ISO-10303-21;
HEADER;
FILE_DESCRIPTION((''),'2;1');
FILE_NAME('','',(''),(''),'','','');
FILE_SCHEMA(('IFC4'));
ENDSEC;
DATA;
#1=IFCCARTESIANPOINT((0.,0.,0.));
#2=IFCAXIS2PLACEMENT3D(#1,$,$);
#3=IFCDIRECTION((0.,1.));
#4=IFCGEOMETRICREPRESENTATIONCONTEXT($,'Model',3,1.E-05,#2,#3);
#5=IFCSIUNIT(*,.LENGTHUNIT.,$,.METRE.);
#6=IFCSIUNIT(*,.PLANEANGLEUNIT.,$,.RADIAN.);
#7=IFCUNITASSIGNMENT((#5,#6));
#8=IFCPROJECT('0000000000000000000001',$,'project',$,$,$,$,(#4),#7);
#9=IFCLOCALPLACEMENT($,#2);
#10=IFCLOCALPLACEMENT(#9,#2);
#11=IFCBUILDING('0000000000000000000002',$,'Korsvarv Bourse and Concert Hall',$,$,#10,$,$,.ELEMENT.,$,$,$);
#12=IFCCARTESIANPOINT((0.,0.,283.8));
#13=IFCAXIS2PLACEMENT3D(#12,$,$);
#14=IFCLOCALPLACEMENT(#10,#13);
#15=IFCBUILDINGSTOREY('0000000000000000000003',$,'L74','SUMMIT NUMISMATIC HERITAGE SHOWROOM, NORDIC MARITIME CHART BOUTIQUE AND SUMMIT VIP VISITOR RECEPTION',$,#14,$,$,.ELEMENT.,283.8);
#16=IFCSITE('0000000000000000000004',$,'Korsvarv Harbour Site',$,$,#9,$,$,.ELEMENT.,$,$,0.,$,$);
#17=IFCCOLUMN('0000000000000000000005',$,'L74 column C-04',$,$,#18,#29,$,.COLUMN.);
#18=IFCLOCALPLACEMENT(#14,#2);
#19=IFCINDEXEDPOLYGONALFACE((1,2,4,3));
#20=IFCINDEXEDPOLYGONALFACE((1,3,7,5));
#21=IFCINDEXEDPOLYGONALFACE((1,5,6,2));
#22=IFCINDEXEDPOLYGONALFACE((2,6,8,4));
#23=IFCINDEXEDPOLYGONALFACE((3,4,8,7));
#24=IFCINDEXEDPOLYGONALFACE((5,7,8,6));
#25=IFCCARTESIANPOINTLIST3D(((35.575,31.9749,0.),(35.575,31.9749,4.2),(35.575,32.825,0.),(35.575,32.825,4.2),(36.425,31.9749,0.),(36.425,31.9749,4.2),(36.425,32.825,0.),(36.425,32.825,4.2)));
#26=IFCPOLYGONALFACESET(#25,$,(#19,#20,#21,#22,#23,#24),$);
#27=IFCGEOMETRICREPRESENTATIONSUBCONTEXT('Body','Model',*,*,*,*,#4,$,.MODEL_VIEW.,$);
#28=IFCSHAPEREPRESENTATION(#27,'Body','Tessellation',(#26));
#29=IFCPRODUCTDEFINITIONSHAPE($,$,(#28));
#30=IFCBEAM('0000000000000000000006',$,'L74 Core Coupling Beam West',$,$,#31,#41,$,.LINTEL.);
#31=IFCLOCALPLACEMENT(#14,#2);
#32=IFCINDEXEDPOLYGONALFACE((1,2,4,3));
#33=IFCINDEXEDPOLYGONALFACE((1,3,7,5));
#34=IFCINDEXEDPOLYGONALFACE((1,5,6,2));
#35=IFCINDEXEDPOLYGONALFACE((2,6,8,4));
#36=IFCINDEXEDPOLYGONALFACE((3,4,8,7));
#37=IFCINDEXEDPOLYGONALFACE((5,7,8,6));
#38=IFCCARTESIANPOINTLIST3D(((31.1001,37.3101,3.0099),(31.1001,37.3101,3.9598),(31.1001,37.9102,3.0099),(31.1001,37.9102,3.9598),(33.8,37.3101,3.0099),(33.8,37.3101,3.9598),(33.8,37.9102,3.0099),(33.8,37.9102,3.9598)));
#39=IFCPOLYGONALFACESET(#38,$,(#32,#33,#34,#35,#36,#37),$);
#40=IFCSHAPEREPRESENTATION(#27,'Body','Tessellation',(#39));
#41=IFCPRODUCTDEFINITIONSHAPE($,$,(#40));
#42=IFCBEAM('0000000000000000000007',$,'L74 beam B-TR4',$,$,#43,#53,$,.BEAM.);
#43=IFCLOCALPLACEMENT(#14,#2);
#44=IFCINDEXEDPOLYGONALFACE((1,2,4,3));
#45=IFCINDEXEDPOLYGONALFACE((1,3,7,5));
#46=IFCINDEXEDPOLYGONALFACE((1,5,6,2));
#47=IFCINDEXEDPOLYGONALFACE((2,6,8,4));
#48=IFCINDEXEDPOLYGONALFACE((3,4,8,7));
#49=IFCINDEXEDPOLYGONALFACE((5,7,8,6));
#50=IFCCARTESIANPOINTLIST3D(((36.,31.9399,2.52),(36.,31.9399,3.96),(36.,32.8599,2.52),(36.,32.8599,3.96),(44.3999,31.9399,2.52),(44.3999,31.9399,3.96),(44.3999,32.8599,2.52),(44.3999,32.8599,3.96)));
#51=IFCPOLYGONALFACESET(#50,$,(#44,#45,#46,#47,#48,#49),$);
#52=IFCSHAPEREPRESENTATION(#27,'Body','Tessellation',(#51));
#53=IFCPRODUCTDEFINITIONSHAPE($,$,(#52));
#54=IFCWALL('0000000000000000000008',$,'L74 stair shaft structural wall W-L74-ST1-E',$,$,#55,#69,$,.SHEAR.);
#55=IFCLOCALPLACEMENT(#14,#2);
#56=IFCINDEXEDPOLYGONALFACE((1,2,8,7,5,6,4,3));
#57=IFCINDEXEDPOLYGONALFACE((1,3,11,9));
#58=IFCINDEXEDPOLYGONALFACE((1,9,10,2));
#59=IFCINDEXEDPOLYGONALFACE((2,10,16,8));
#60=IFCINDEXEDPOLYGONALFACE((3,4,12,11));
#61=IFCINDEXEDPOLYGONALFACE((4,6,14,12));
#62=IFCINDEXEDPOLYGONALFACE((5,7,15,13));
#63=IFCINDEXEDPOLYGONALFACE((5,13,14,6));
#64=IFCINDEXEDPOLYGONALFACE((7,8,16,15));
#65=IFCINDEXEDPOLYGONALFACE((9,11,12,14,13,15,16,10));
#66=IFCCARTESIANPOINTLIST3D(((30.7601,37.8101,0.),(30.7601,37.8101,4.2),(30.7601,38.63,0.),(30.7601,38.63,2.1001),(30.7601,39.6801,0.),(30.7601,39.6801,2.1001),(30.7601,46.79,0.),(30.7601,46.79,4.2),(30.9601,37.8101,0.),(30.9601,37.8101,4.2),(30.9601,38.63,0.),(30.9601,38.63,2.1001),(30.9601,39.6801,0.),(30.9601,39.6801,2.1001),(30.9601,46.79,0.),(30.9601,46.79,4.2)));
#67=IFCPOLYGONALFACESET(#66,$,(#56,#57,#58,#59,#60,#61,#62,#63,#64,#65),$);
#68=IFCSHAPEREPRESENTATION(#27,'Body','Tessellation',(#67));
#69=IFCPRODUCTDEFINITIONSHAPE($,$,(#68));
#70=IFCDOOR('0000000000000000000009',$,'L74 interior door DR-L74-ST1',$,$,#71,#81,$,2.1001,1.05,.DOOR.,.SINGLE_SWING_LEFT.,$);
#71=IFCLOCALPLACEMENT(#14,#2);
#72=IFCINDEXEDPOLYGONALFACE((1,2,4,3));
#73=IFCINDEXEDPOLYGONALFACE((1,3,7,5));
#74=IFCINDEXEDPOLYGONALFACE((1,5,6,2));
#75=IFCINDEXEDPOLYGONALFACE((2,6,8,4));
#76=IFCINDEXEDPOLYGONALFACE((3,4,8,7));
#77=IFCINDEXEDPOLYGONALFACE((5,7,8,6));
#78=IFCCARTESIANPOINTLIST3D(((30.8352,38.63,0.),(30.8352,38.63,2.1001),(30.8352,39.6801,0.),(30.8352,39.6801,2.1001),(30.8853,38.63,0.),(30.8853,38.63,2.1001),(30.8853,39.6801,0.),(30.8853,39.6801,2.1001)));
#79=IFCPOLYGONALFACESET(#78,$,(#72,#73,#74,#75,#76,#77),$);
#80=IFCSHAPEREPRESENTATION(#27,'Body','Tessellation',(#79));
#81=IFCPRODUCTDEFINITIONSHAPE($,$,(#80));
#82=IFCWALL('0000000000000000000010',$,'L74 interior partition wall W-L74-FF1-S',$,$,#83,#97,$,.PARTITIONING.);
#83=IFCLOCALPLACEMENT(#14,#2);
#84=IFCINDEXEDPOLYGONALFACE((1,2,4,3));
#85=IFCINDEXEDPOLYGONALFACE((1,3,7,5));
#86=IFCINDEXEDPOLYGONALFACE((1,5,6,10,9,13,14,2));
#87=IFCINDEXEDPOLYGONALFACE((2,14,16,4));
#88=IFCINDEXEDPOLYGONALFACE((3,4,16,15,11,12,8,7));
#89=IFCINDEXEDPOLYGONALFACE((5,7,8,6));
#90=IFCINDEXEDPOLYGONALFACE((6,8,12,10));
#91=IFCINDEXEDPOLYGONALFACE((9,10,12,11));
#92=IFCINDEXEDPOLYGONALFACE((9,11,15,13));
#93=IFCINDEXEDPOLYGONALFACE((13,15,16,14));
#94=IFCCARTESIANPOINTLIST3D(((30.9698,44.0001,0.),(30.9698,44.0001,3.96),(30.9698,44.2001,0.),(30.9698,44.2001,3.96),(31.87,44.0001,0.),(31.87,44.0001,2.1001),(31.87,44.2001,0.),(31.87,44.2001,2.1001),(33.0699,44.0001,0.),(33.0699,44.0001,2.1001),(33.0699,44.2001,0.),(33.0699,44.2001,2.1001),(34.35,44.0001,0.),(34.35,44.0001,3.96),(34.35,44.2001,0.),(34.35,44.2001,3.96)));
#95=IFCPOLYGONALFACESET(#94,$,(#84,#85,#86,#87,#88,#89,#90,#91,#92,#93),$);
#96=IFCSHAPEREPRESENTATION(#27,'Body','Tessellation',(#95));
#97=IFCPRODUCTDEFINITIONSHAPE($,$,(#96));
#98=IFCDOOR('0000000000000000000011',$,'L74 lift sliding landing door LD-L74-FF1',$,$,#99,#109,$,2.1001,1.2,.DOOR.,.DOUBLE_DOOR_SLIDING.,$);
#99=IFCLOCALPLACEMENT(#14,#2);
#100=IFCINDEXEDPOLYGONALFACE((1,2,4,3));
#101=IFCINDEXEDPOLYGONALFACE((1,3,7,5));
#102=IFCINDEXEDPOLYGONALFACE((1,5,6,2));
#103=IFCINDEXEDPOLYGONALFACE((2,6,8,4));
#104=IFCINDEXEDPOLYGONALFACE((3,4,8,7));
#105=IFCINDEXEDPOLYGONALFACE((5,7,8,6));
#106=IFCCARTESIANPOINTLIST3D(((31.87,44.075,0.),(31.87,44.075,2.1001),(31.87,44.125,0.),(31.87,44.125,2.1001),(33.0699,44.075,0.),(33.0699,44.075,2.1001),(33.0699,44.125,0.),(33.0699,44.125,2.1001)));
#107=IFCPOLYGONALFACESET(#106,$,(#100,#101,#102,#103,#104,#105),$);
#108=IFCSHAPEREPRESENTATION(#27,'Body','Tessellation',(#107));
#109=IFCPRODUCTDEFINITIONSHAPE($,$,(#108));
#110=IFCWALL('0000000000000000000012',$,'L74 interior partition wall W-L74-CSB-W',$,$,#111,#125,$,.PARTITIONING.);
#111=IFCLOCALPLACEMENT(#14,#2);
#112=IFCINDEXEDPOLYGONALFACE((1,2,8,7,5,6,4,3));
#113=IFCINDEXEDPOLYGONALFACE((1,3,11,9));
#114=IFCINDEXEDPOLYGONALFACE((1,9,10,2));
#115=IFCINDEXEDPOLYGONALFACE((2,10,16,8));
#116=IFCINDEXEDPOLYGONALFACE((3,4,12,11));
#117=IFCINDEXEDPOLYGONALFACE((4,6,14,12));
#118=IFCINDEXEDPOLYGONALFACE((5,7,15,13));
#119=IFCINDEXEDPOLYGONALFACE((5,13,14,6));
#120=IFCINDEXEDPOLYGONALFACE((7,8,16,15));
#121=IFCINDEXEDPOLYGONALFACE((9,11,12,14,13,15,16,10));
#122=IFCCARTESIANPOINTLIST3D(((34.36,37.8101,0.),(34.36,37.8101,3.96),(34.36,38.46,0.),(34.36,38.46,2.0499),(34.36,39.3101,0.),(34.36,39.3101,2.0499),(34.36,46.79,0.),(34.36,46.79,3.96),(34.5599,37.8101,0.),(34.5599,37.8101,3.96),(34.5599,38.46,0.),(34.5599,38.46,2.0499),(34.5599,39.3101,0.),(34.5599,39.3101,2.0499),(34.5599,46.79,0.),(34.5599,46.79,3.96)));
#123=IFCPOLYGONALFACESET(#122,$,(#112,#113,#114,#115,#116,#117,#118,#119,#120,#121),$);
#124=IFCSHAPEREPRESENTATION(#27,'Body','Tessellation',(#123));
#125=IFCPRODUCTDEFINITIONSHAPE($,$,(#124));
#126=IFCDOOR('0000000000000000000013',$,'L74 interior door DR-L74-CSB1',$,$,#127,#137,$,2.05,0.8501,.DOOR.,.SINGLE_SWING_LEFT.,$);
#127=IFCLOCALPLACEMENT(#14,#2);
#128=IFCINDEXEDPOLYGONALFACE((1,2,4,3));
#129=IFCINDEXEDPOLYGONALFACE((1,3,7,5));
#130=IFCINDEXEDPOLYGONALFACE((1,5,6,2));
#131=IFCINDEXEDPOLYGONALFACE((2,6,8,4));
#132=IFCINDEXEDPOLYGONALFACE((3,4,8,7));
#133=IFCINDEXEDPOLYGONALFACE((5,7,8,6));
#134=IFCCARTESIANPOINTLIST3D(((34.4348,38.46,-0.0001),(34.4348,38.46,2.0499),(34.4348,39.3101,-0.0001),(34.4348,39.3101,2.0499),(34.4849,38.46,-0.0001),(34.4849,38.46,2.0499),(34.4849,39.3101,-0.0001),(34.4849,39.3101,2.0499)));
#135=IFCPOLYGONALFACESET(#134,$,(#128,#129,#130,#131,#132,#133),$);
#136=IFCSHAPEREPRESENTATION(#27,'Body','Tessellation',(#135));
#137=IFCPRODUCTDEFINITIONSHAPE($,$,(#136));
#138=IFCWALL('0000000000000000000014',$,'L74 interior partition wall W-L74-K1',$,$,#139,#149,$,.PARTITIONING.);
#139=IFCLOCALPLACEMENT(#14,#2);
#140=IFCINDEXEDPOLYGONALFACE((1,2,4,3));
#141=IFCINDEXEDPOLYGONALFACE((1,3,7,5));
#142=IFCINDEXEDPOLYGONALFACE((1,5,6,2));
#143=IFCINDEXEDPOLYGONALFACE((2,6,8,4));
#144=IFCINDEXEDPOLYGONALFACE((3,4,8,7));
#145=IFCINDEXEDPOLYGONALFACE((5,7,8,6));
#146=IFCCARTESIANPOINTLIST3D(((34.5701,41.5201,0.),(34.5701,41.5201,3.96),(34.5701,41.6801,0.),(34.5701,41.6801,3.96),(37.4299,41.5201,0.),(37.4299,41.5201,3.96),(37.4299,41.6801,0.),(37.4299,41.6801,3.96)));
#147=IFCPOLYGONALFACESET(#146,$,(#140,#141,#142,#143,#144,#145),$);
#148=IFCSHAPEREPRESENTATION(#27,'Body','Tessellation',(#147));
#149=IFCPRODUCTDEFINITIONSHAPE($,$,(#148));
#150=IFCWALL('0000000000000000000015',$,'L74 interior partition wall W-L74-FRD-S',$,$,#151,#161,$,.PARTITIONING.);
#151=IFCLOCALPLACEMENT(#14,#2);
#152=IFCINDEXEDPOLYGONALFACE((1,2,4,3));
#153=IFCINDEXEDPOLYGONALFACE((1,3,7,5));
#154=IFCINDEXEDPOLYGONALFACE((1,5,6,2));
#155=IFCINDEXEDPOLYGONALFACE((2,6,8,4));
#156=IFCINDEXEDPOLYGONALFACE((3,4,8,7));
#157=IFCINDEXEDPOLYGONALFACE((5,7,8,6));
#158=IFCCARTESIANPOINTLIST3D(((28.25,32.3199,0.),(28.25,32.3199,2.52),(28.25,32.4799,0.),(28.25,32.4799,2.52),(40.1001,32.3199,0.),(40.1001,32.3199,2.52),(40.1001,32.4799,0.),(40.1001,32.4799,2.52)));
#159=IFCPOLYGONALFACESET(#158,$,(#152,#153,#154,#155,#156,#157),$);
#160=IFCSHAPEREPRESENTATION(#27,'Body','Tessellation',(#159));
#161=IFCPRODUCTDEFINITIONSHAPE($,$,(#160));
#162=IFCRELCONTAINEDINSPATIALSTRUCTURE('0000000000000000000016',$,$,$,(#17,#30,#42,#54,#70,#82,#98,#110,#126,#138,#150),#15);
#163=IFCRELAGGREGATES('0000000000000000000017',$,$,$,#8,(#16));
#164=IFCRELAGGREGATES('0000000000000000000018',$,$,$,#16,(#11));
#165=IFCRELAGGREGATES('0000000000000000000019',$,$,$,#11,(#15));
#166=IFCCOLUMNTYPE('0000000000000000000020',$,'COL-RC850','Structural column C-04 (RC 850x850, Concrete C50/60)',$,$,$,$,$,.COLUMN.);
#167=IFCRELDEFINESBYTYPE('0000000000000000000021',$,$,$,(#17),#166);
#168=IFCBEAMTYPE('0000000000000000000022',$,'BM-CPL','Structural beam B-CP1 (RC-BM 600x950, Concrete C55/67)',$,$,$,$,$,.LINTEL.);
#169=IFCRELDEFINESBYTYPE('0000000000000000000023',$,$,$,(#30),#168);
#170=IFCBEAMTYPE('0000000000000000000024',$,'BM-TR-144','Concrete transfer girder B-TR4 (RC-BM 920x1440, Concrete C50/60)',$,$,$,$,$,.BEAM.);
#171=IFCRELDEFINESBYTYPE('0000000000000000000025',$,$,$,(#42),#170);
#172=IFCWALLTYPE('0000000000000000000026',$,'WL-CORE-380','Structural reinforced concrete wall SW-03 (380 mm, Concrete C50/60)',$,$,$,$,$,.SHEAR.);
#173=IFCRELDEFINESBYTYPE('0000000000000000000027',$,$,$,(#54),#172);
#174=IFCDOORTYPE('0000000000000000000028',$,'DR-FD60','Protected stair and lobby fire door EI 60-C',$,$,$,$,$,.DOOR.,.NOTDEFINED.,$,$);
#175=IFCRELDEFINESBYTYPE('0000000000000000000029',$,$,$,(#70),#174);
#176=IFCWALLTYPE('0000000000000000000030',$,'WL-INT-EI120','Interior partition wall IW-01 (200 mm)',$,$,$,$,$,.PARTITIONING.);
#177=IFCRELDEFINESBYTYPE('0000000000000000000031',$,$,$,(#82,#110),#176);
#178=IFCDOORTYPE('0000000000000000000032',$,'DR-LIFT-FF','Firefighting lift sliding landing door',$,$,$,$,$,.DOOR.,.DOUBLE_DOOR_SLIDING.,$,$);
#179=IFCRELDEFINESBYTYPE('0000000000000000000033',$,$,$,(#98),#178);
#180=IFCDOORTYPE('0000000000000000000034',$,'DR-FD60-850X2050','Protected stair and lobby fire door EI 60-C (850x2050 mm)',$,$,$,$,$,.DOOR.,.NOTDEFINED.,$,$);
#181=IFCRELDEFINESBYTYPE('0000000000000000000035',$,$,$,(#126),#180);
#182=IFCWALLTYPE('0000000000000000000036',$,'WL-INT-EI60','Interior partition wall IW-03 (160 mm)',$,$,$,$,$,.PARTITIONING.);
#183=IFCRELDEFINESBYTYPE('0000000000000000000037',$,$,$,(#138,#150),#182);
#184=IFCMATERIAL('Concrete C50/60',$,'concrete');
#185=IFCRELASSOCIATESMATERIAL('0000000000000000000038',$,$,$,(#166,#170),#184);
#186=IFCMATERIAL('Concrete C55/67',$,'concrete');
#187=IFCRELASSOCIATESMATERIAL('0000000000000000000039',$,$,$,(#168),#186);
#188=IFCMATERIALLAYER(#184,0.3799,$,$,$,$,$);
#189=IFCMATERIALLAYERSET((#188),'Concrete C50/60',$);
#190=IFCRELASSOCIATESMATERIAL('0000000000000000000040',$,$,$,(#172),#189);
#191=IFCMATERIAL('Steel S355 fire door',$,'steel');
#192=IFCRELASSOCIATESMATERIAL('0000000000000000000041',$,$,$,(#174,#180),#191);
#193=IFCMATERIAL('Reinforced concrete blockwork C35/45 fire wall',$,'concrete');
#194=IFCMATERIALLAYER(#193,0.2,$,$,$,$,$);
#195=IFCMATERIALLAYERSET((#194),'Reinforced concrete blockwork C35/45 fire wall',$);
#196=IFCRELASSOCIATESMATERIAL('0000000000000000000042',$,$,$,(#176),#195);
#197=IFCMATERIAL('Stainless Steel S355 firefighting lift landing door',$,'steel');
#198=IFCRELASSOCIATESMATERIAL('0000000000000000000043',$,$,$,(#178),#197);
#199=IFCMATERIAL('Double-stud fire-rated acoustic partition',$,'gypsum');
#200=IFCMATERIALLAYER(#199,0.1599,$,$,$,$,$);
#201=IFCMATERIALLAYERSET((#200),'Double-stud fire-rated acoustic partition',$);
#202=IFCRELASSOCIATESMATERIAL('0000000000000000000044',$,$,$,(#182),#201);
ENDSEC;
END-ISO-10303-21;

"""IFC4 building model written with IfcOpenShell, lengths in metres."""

from ifc_helpers import new_model, si_unit, direction, frame, frame_2d, origin, origin_2d, place, context, subcontext, project, spatial, rectangle, extrude, source, transform, mapped, material, layer, layer_set, material_profile, profile_set, type_object, element, fill, save


model = new_model("IFC4")

# Units and contexts
model_context = context("Model", 3, precision=1e-05, world=origin(), true_north=direction((0.0, 1.0)))
body_context = subcontext(model_context, "Body", "Model", "MODEL_VIEW")
ifc_project = project(units=[si_unit("LENGTHUNIT", "METRE"), si_unit("PLANEANGLEUNIT", "RADIAN")], contexts=[model_context])

# Site, building, storey
site_placement = place(None, origin())
site = spatial("IfcSite", under=ifc_project, at=site_placement, Name="Korsvarv Harbour Site", CompositionType="ELEMENT", RefElevation=0.0)
building_placement = place(site_placement, origin())
building = spatial("IfcBuilding", under=site, at=building_placement, Name="Korsvarv Bourse and Concert Hall", CompositionType="ELEMENT")
storey_placement = place(building_placement, frame((0.0, 0.0, 283.8)))
storey = spatial("IfcBuildingStorey", under=building, at=storey_placement, Name="L74", Description="SUMMIT NUMISMATIC HERITAGE SHOWROOM, NORDIC MARITIME CHART BOUTIQUE AND SUMMIT VIP VISITOR RECEPTION", CompositionType="ELEMENT", Elevation=283.8)

# Column
ifc_material_1 = material(Name="Concrete C50/60", Category="concrete")
ifc_material_profile_1 = material_profile(ifc_material_1, rectangle(XDim=0.8501, YDim=0.8501, at=origin_2d()), Name="RC 850x850")
ifc_profile_set_1 = profile_set([ifc_material_profile_1], Name="Concrete C50/60")
column_type = type_object("IfcColumnType", Name="COL-RC850", Description="Structural column C-04 (RC 850x850, Concrete C50/60)", PredefinedType="COLUMN", material=ifc_profile_set_1)
shared_shape_1 = source(origin(), body_context, "Body", "SweptSolid", [
    extrude(rectangle(XDim=0.8501, YDim=0.8501, at=origin_2d()), origin(), (0.0, 0.0, 1.0), 4.2),
])
column_placement = place(storey_placement, frame((36.0, 32.3999, 0.0), z_axis=(0.0, 0.0, 1.0), x_axis=(1.0, 0.0, 0.0)))
element("IfcColumn", 1, at=column_placement, inside=storey, type_object=column_type, Name="L74 column C-04", PredefinedType="COLUMN", context=body_context, shape_type="MappedRepresentation", body=[
    mapped(shared_shape_1, transform((0.0, 0.0, 0.0), scale=1.0)),
])

# Beams
ifc_material_2 = material(Name="Concrete C55/67", Category="concrete")
ifc_material_profile_2 = material_profile(ifc_material_2, rectangle(XDim=0.6001, YDim=0.95, at=origin_2d()), Name="RC-BM 600x950")
ifc_profile_set_2 = profile_set([ifc_material_profile_2], Name="Concrete C55/67")
beam_type_1 = type_object("IfcBeamType", Name="BM-CPL", Description="Structural beam B-CP1 (RC-BM 600x950, Concrete C55/67)", PredefinedType="LINTEL", material=ifc_profile_set_2)
shared_shape_2 = source(origin(), body_context, "Body", "SweptSolid", [
    extrude(rectangle(XDim=0.6001, YDim=0.95, at=origin_2d()), origin(), (0.0, 0.0, 1.0), 2.7),
])
beam_1_placement = place(storey_placement, frame((31.1001, 37.6101, 3.4849), z_axis=(1.0, 0.0, 0.0), x_axis=(0.0, 1.0, 0.0)))
element("IfcBeam", 2, at=beam_1_placement, inside=storey, type_object=beam_type_1, Name="L74 Core Coupling Beam West", PredefinedType="LINTEL", context=body_context, shape_type="MappedRepresentation", body=[
    mapped(shared_shape_2, transform((0.0, 0.0, 0.0), scale=1.0)),
])
ifc_material_profile_3 = material_profile(ifc_material_1, rectangle(XDim=0.9199, YDim=1.4399, at=origin_2d()), Name="RC-BM 920x1440")
ifc_profile_set_3 = profile_set([ifc_material_profile_3], Name="Concrete C50/60")
beam_type_2 = type_object("IfcBeamType", Name="BM-TR-144", Description="Concrete transfer girder B-TR4 (RC-BM 920x1440, Concrete C50/60)", PredefinedType="BEAM", material=ifc_profile_set_3)
shared_shape_3 = source(origin(), body_context, "Body", "SweptSolid", [
    extrude(rectangle(XDim=0.9199, YDim=1.4399, at=origin_2d()), origin(), (0.0, 0.0, 1.0), 8.3999),
])
beam_2_placement = place(storey_placement, frame((36.0, 32.3999, 3.24), z_axis=(1.0, 0.0, 0.0), x_axis=(0.0, 1.0, 0.0)))
element("IfcBeam", 3, at=beam_2_placement, inside=storey, type_object=beam_type_2, Name="L74 beam B-TR4", PredefinedType="BEAM", context=body_context, shape_type="MappedRepresentation", body=[
    mapped(shared_shape_3, transform((0.0, 0.0, 0.0), scale=1.0)),
])

# Walls, openings, doors
ifc_layer_1 = layer(ifc_material_1, 0.3799)
ifc_layer_set_1 = layer_set([ifc_layer_1], Name="Concrete C50/60")
wall_type_1 = type_object("IfcWallType", Name="WL-CORE-380", Description="Structural reinforced concrete wall SW-03 (380 mm, Concrete C50/60)", PredefinedType="SHEAR", material=ifc_layer_set_1)
wall_1_placement = place(storey_placement, frame((30.8601, 37.8101, 0.0), z_axis=(0.0, 0.0, 1.0), x_axis=(0.0, 1.0, 0.0)))
wall_1 = element("IfcWall", 4, at=wall_1_placement, inside=storey, type_object=wall_type_1, Name="L74 stair shaft structural wall W-L74-ST1-E", PredefinedType="SHEAR", context=body_context, shape_type="SweptSolid", body=[
    extrude(rectangle(XDim=8.98, YDim=0.2, at=frame_2d((4.49, 0.0))), origin(), (0.0, 0.0, 1.0), 4.2),
])
opening_1_placement = place(wall_1_placement, frame((0.8201, 0.0, 0.0)))
opening_1 = element("IfcOpeningElement", 5, at=opening_1_placement, cuts=wall_1, PredefinedType="OPENING", context=body_context, shape_type="SweptSolid", body=[
    extrude(rectangle(XDim=1.05, YDim=2.1001, at=frame_2d((0.5249, 1.05))), frame((0.0, 0.1099, 0.0), z_axis=(0.0, -1.0, 0.0), x_axis=(1.0, 0.0, 0.0)), (0.0, 0.0, 1.0), 0.22),
])
ifc_material_3 = material(Name="Steel S355 fire door", Category="steel")
door_type_1 = type_object("IfcDoorType", Name="DR-FD60", Description="Protected stair and lobby fire door EI 60-C", OperationType="NOTDEFINED", PredefinedType="DOOR", material=ifc_material_3)
door_1_placement = place(opening_1_placement, origin())
door_1 = element("IfcDoor", 6, at=door_1_placement, inside=storey, type_object=door_type_1, Name="L74 interior door DR-L74-ST1", OperationType="SINGLE_SWING_LEFT", OverallHeight=2.1001, OverallWidth=1.05, PredefinedType="DOOR", context=body_context, shape_type="SweptSolid", body=[
    extrude(rectangle(XDim=1.05, YDim=2.1001, at=frame_2d((0.5249, 1.05))), frame((0.0, 0.0249, 0.0), z_axis=(0.0, -1.0, 0.0), x_axis=(1.0, 0.0, 0.0)), (0.0, 0.0, 1.0), 0.05),
])
fill(opening_1, door_1)
ifc_material_4 = material(Name="Reinforced concrete blockwork C35/45 fire wall", Category="concrete")
ifc_layer_2 = layer(ifc_material_4, 0.2)
ifc_layer_set_2 = layer_set([ifc_layer_2], Name="Reinforced concrete blockwork C35/45 fire wall")
wall_type_2 = type_object("IfcWallType", Name="WL-INT-EI120", Description="Interior partition wall IW-01 (200 mm)", PredefinedType="PARTITIONING", material=ifc_layer_set_2)
wall_2_placement = place(storey_placement, frame((30.97, 44.1001, 0.0), z_axis=(0.0, 0.0, 1.0), x_axis=(1.0, 0.0, 0.0)))
wall_2 = element("IfcWall", 7, at=wall_2_placement, inside=storey, type_object=wall_type_2, Name="L74 interior partition wall W-L74-FF1-S", PredefinedType="PARTITIONING", context=body_context, shape_type="SweptSolid", body=[
    extrude(rectangle(XDim=3.3801, YDim=0.2, at=frame_2d((1.6899, 0.0))), origin(), (0.0, 0.0, 1.0), 3.96),
])
opening_2_placement = place(wall_2_placement, frame((0.8999, 0.0, 0.0)))
opening_2 = element("IfcOpeningElement", 8, at=opening_2_placement, cuts=wall_2, PredefinedType="OPENING", context=body_context, shape_type="SweptSolid", body=[
    extrude(rectangle(XDim=1.2, YDim=2.1001, at=frame_2d((0.6001, 1.05))), frame((0.0, 0.1099, 0.0), z_axis=(0.0, -1.0, 0.0), x_axis=(1.0, 0.0, 0.0)), (0.0, 0.0, 1.0), 0.22),
])
ifc_material_5 = material(Name="Stainless Steel S355 firefighting lift landing door", Category="steel")
door_type_2 = type_object("IfcDoorType", Name="DR-LIFT-FF", Description="Firefighting lift sliding landing door", OperationType="DOUBLE_DOOR_SLIDING", PredefinedType="DOOR", material=ifc_material_5)
door_2_placement = place(opening_2_placement, origin())
door_2 = element("IfcDoor", 9, at=door_2_placement, inside=storey, type_object=door_type_2, Name="L74 lift sliding landing door LD-L74-FF1", OperationType="DOUBLE_DOOR_SLIDING", OverallHeight=2.1001, OverallWidth=1.2, PredefinedType="DOOR", context=body_context, shape_type="SweptSolid", body=[
    extrude(rectangle(XDim=1.2, YDim=2.1001, at=frame_2d((0.6001, 1.05))), frame((0.0, 0.0249, 0.0), z_axis=(0.0, -1.0, 0.0), x_axis=(1.0, 0.0, 0.0)), (0.0, 0.0, 1.0), 0.05),
])
fill(opening_2, door_2)
wall_3_placement = place(storey_placement, frame((34.46, 37.8101, 0.0), z_axis=(0.0, 0.0, 1.0), x_axis=(0.0, 1.0, 0.0)))
wall_3 = element("IfcWall", 10, at=wall_3_placement, inside=storey, type_object=wall_type_2, Name="L74 interior partition wall W-L74-CSB-W", PredefinedType="PARTITIONING", context=body_context, shape_type="SweptSolid", body=[
    extrude(rectangle(XDim=8.98, YDim=0.2, at=frame_2d((4.49, 0.0))), origin(), (0.0, 0.0, 1.0), 3.96),
])
opening_3_placement = place(wall_3_placement, frame((0.6499, 0.0, 0.0)))
opening_3 = element("IfcOpeningElement", 11, at=opening_3_placement, cuts=wall_3, PredefinedType="OPENING", context=body_context, shape_type="SweptSolid", body=[
    extrude(rectangle(XDim=0.8501, YDim=2.05, at=frame_2d((0.425, 1.0249))), frame((0.0, 0.1099, 0.0), z_axis=(0.0, -1.0, 0.0), x_axis=(1.0, 0.0, 0.0)), (0.0, 0.0, 1.0), 0.22),
])
door_type_3 = type_object("IfcDoorType", Name="DR-FD60-850X2050", Description="Protected stair and lobby fire door EI 60-C (850x2050 mm)", OperationType="NOTDEFINED", PredefinedType="DOOR", material=ifc_material_3)
door_3_placement = place(opening_3_placement, frame((0.8501, 0.0, 0.0), z_axis=(0.0, 0.0, 1.0), x_axis=(-1.0, 0.0, 0.0)))
door_3 = element("IfcDoor", 12, at=door_3_placement, inside=storey, type_object=door_type_3, Name="L74 interior door DR-L74-CSB1", OperationType="SINGLE_SWING_LEFT", OverallHeight=2.05, OverallWidth=0.8501, PredefinedType="DOOR", context=body_context, shape_type="SweptSolid", body=[
    extrude(rectangle(XDim=0.8501, YDim=2.05, at=frame_2d((0.425, 1.0249))), frame((0.0, 0.0249, 0.0), z_axis=(0.0, -1.0, 0.0), x_axis=(1.0, 0.0, 0.0)), (0.0, 0.0, 1.0), 0.05),
])
fill(opening_3, door_3)

# Walls
ifc_material_6 = material(Name="Double-stud fire-rated acoustic partition", Category="gypsum")
ifc_layer_3 = layer(ifc_material_6, 0.1599)
ifc_layer_set_3 = layer_set([ifc_layer_3], Name="Double-stud fire-rated acoustic partition")
wall_type_3 = type_object("IfcWallType", Name="WL-INT-EI60", Description="Interior partition wall IW-03 (160 mm)", PredefinedType="PARTITIONING", material=ifc_layer_set_3)
wall_4_placement = place(storey_placement, frame((34.5701, 41.6001, 0.0), z_axis=(0.0, 0.0, 1.0), x_axis=(1.0, 0.0, 0.0)))
element("IfcWall", 13, at=wall_4_placement, inside=storey, type_object=wall_type_3, Name="L74 interior partition wall W-L74-K1", PredefinedType="PARTITIONING", context=body_context, shape_type="SweptSolid", body=[
    extrude(rectangle(XDim=2.8599, YDim=0.1599, at=frame_2d((1.4299, 0.0))), origin(), (0.0, 0.0, 1.0), 3.96),
])
wall_5_placement = place(storey_placement, frame((28.25, 32.3999, 0.0), z_axis=(0.0, 0.0, 1.0), x_axis=(1.0, 0.0, 0.0)))
element("IfcWall", 14, at=wall_5_placement, inside=storey, type_object=wall_type_3, Name="L74 interior partition wall W-L74-FRD-S", PredefinedType="PARTITIONING", context=body_context, shape_type="SweptSolid", body=[
    extrude(rectangle(XDim=11.8501, YDim=0.1599, at=frame_2d((5.925, 0.0))), origin(), (0.0, 0.0, 1.0), 2.52),
])

save(model, "model.ifc")
